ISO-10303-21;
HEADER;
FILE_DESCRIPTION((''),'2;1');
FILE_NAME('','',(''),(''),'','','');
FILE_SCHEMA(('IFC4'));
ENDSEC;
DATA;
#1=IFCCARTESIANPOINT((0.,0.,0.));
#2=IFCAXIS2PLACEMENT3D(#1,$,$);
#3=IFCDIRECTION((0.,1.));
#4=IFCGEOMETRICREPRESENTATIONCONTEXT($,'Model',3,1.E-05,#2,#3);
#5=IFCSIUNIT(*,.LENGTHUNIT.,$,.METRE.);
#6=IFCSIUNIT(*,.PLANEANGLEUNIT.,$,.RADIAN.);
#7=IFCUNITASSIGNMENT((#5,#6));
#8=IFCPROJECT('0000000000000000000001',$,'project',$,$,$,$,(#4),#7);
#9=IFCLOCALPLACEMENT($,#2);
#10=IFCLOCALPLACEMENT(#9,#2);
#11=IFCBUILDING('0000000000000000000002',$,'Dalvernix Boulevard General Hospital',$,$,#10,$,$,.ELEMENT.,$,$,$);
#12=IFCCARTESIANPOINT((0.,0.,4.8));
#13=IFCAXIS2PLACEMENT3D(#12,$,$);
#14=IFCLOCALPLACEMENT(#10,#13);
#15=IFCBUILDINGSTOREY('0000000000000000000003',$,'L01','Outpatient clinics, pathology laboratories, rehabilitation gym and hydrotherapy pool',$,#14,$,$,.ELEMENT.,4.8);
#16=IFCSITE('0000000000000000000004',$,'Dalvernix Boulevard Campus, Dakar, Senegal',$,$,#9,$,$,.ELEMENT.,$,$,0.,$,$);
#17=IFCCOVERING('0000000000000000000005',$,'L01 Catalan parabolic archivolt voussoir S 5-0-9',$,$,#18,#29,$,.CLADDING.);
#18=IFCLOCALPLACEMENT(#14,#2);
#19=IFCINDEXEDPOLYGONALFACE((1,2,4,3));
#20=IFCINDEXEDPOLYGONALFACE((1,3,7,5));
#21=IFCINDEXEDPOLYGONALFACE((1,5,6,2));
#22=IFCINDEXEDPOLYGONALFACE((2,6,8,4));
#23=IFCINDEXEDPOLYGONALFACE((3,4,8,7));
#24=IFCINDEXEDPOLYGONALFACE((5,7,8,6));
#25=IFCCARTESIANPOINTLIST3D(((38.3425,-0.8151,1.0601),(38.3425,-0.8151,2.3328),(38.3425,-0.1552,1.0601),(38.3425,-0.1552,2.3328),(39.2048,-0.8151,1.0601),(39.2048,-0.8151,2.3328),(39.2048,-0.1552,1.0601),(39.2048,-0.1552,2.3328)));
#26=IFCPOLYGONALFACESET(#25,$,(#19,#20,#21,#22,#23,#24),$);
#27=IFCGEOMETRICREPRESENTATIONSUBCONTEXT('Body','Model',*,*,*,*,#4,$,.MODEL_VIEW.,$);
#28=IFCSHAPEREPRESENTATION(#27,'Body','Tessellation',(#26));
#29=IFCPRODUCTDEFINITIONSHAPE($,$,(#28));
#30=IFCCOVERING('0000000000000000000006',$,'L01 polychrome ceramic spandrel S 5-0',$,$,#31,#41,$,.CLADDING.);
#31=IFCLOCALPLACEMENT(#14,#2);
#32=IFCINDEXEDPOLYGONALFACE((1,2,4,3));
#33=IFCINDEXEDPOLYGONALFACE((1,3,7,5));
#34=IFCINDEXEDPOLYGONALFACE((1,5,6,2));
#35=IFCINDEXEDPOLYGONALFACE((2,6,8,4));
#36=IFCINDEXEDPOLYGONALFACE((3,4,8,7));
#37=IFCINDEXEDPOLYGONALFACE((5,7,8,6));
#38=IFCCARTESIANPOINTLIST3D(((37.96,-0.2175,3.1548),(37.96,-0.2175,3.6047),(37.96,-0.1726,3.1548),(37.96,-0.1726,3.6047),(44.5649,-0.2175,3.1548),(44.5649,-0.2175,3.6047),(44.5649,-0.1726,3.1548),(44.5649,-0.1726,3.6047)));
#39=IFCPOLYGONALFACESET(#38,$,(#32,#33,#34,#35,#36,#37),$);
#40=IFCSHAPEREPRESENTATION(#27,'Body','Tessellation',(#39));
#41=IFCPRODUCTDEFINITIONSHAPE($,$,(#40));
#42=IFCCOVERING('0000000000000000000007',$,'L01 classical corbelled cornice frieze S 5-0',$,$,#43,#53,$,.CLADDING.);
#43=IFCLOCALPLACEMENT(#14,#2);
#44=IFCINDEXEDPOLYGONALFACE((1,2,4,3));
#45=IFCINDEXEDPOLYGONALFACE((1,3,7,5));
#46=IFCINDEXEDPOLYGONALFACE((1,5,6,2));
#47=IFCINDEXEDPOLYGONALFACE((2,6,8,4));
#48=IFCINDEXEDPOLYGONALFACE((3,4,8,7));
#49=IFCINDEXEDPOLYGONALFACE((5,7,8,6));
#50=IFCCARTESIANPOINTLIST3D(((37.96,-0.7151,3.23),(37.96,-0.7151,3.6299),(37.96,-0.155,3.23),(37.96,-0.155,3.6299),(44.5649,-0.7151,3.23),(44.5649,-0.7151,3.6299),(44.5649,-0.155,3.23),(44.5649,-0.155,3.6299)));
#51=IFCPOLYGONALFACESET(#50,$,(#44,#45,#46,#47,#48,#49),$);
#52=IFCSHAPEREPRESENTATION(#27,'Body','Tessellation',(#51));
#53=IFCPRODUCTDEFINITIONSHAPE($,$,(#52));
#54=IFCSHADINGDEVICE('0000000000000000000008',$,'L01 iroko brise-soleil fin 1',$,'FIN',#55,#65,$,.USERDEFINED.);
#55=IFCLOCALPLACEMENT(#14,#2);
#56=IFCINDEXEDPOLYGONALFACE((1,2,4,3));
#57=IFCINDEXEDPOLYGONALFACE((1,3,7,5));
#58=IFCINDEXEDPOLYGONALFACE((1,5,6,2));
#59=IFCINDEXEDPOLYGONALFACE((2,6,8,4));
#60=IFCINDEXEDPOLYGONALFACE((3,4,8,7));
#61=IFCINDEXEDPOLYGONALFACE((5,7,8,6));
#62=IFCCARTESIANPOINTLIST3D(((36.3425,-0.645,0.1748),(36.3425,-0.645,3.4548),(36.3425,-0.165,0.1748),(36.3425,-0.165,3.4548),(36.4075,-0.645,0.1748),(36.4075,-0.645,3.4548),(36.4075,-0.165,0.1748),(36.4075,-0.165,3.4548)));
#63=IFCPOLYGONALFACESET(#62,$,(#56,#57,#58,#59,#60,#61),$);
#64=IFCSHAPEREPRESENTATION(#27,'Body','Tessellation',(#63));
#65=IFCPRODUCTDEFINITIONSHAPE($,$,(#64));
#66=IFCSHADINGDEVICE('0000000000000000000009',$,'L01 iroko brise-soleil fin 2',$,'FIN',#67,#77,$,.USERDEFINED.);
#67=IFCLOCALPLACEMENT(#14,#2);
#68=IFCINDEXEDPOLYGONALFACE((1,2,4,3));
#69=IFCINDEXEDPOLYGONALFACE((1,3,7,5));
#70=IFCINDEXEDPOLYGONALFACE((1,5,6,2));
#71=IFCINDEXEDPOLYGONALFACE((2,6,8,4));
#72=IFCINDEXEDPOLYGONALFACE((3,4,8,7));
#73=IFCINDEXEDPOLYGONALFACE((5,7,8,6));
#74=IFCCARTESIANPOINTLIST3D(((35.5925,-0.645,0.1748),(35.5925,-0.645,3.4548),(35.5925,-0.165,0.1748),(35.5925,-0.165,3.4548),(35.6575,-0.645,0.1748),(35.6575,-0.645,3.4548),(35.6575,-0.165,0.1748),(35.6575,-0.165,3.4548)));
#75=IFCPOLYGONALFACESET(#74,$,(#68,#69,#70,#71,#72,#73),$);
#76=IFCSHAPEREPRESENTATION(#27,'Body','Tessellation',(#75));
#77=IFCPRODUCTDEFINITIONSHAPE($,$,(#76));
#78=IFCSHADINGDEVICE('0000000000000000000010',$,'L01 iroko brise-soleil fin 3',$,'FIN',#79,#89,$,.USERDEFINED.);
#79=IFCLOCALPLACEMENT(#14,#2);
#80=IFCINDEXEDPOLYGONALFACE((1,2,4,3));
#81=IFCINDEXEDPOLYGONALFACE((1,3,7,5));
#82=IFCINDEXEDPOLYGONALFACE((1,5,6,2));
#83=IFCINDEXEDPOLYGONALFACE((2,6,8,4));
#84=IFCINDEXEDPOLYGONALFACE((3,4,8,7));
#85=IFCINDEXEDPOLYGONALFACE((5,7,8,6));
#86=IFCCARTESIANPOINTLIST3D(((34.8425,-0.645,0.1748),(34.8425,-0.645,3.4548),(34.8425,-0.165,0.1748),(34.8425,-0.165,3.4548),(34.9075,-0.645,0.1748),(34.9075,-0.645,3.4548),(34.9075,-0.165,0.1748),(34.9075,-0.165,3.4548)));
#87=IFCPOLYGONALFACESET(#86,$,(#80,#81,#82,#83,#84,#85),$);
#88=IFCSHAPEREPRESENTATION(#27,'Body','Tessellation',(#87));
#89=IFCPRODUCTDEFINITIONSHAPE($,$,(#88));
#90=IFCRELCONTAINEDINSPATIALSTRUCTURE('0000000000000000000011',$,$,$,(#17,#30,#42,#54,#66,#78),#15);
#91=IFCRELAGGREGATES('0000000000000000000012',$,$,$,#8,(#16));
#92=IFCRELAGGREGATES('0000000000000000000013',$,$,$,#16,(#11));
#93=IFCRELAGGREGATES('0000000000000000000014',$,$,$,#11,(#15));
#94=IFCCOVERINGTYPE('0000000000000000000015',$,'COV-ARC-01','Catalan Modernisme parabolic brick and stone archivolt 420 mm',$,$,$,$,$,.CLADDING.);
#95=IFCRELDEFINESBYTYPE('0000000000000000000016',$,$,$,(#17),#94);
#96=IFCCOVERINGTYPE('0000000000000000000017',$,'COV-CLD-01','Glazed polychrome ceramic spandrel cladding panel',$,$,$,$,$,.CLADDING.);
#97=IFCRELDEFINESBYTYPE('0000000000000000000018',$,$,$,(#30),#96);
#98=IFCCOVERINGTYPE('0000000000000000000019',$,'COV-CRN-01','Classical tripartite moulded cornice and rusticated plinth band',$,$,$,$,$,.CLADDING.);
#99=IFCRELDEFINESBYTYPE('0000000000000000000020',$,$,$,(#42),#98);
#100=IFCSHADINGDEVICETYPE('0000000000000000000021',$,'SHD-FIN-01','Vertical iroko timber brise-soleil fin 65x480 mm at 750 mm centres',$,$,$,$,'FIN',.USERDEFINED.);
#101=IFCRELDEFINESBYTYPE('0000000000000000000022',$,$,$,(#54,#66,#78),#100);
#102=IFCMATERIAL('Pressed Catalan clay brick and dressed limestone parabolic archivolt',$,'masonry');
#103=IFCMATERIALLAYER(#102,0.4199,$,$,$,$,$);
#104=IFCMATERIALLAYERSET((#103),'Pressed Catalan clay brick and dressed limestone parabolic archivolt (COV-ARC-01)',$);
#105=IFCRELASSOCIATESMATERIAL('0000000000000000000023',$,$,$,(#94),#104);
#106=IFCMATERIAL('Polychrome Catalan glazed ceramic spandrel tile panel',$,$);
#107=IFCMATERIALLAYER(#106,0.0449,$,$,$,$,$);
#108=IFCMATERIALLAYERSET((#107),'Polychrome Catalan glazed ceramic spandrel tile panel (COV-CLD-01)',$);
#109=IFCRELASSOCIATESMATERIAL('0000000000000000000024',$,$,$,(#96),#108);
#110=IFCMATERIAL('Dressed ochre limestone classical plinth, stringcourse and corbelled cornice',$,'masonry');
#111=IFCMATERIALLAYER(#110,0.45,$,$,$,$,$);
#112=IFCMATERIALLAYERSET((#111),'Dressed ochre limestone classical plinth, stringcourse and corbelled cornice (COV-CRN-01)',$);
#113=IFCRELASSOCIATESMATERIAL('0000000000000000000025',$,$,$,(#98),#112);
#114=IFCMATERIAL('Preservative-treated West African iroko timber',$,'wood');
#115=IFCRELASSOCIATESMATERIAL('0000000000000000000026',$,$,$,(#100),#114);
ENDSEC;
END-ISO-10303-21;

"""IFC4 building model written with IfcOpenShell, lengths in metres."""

from ifc_helpers import new_model, si_unit, direction, frame, origin, origin_2d, place, context, subcontext, project, spatial, rectangle, extrude, material, layer, layer_set, type_object, element, save


model = new_model("IFC4")

# Units and contexts
model_context = context("Model", 3, precision=1e-05, world=origin(), true_north=direction((0.0, 1.0)))
body_context = subcontext(model_context, "Body", "Model", "MODEL_VIEW")
ifc_project = project(units=[si_unit("LENGTHUNIT", "METRE"), si_unit("PLANEANGLEUNIT", "RADIAN")], contexts=[model_context])

# Site, building, storey
site_placement = place(None, origin())
site = spatial("IfcSite", under=ifc_project, at=site_placement, Name="Dalvernix Boulevard Campus, Dakar, Senegal", CompositionType="ELEMENT", RefElevation=0.0)
building_placement = place(site_placement, origin())
building = spatial("IfcBuilding", under=site, at=building_placement, Name="Dalvernix Boulevard General Hospital", CompositionType="ELEMENT")
storey_placement = place(building_placement, frame((0.0, 0.0, 4.8)))
storey = spatial("IfcBuildingStorey", under=building, at=storey_placement, Name="L01", Description="Outpatient clinics, pathology laboratories, rehabilitation gym and hydrotherapy pool", CompositionType="ELEMENT", Elevation=4.8)

# Coverings
ifc_material_1 = material(Name="Pressed Catalan clay brick and dressed limestone parabolic archivolt", Category="masonry")
ifc_layer_1 = layer(ifc_material_1, 0.4199)
ifc_layer_set_1 = layer_set([ifc_layer_1], Name="Pressed Catalan clay brick and dressed limestone parabolic archivolt (COV-ARC-01)")
covering_type_1 = type_object("IfcCoveringType", Name="COV-ARC-01", Description="Catalan Modernisme parabolic brick and stone archivolt 420 mm", PredefinedType="CLADDING", material=ifc_layer_set_1)
covering_1_placement = place(storey_placement, frame((38.7737, -0.4851, 1.0601), z_axis=(0.0, 0.0, 1.0), x_axis=(-1.0, 0.0, 0.0)))
element("IfcCovering", 1, at=covering_1_placement, inside=storey, type_object=covering_type_1, Name="L01 Catalan parabolic archivolt voussoir S 5-0-9", PredefinedType="CLADDING", context=body_context, shape_type="SweptSolid", body=[
    extrude(rectangle(XDim=0.8623, YDim=0.6599, at=origin_2d()), origin(), (0.0, 0.0, 1.0), 1.2727),
])
ifc_material_2 = material(Name="Polychrome Catalan glazed ceramic spandrel tile panel")
ifc_layer_2 = layer(ifc_material_2, 0.0449)
ifc_layer_set_2 = layer_set([ifc_layer_2], Name="Polychrome Catalan glazed ceramic spandrel tile panel (COV-CLD-01)")
covering_type_2 = type_object("IfcCoveringType", Name="COV-CLD-01", Description="Glazed polychrome ceramic spandrel cladding panel", PredefinedType="CLADDING", material=ifc_layer_set_2)
covering_2_placement = place(storey_placement, frame((41.2625, -0.1951, 3.1548), z_axis=(0.0, 0.0, 1.0), x_axis=(-1.0, 0.0, 0.0)))
element("IfcCovering", 2, at=covering_2_placement, inside=storey, type_object=covering_type_2, Name="L01 polychrome ceramic spandrel S 5-0", PredefinedType="CLADDING", context=body_context, shape_type="SweptSolid", body=[
    extrude(rectangle(XDim=6.605, YDim=0.0449, at=origin_2d()), origin(), (0.0, 0.0, 1.0), 0.45),
])
ifc_material_3 = material(Name="Dressed ochre limestone classical plinth, stringcourse and corbelled cornice", Category="masonry")
ifc_layer_3 = layer(ifc_material_3, 0.45)
ifc_layer_set_3 = layer_set([ifc_layer_3], Name="Dressed ochre limestone classical plinth, stringcourse and corbelled cornice (COV-CRN-01)")
covering_type_3 = type_object("IfcCoveringType", Name="COV-CRN-01", Description="Classical tripartite moulded cornice and rusticated plinth band", PredefinedType="CLADDING", material=ifc_layer_set_3)
covering_3_placement = place(storey_placement, frame((41.2625, -0.4351, 3.23), z_axis=(0.0, 0.0, 1.0), x_axis=(-1.0, 0.0, 0.0)))
element("IfcCovering", 3, at=covering_3_placement, inside=storey, type_object=covering_type_3, Name="L01 classical corbelled cornice frieze S 5-0", PredefinedType="CLADDING", context=body_context, shape_type="SweptSolid", body=[
    extrude(rectangle(XDim=6.605, YDim=0.5601, at=origin_2d()), origin(), (0.0, 0.0, 1.0), 0.3999),
])

# Shading devices
ifc_material_4 = material(Name="Preservative-treated West African iroko timber", Category="wood")
shading_device_type = type_object("IfcShadingDeviceType", Name="SHD-FIN-01", Description="Vertical iroko timber brise-soleil fin 65x480 mm at 750 mm centres", ElementType="FIN", PredefinedType="USERDEFINED", material=ifc_material_4)
for number, where, z_axis, x_axis, name in (
    (4, (36.375, -0.405, 0.1748), (0.0, 0.0, 1.0), (-1.0, 0.0, 0.0), "L01 iroko brise-soleil fin 1"),
    (5, (35.625, -0.405, 0.1748), (0.0, 0.0, 1.0), (-1.0, 0.0, 0.0), "L01 iroko brise-soleil fin 2"),
    (6, (34.875, -0.405, 0.1748), (0.0, 0.0, 1.0), (-1.0, 0.0, 0.0), "L01 iroko brise-soleil fin 3"),
):
    element("IfcShadingDevice", number, at=place(storey_placement, frame(where, z_axis=z_axis, x_axis=x_axis)), inside=storey, type_object=shading_device_type, Name=name, ObjectType="FIN", PredefinedType="USERDEFINED", context=body_context, shape_type="SweptSolid", body=[
        extrude(rectangle(XDim=0.0649, YDim=0.48, at=origin_2d()), origin(), (0.0, 0.0, 1.0), 3.28),
    ])

save(model, "model.ifc")
